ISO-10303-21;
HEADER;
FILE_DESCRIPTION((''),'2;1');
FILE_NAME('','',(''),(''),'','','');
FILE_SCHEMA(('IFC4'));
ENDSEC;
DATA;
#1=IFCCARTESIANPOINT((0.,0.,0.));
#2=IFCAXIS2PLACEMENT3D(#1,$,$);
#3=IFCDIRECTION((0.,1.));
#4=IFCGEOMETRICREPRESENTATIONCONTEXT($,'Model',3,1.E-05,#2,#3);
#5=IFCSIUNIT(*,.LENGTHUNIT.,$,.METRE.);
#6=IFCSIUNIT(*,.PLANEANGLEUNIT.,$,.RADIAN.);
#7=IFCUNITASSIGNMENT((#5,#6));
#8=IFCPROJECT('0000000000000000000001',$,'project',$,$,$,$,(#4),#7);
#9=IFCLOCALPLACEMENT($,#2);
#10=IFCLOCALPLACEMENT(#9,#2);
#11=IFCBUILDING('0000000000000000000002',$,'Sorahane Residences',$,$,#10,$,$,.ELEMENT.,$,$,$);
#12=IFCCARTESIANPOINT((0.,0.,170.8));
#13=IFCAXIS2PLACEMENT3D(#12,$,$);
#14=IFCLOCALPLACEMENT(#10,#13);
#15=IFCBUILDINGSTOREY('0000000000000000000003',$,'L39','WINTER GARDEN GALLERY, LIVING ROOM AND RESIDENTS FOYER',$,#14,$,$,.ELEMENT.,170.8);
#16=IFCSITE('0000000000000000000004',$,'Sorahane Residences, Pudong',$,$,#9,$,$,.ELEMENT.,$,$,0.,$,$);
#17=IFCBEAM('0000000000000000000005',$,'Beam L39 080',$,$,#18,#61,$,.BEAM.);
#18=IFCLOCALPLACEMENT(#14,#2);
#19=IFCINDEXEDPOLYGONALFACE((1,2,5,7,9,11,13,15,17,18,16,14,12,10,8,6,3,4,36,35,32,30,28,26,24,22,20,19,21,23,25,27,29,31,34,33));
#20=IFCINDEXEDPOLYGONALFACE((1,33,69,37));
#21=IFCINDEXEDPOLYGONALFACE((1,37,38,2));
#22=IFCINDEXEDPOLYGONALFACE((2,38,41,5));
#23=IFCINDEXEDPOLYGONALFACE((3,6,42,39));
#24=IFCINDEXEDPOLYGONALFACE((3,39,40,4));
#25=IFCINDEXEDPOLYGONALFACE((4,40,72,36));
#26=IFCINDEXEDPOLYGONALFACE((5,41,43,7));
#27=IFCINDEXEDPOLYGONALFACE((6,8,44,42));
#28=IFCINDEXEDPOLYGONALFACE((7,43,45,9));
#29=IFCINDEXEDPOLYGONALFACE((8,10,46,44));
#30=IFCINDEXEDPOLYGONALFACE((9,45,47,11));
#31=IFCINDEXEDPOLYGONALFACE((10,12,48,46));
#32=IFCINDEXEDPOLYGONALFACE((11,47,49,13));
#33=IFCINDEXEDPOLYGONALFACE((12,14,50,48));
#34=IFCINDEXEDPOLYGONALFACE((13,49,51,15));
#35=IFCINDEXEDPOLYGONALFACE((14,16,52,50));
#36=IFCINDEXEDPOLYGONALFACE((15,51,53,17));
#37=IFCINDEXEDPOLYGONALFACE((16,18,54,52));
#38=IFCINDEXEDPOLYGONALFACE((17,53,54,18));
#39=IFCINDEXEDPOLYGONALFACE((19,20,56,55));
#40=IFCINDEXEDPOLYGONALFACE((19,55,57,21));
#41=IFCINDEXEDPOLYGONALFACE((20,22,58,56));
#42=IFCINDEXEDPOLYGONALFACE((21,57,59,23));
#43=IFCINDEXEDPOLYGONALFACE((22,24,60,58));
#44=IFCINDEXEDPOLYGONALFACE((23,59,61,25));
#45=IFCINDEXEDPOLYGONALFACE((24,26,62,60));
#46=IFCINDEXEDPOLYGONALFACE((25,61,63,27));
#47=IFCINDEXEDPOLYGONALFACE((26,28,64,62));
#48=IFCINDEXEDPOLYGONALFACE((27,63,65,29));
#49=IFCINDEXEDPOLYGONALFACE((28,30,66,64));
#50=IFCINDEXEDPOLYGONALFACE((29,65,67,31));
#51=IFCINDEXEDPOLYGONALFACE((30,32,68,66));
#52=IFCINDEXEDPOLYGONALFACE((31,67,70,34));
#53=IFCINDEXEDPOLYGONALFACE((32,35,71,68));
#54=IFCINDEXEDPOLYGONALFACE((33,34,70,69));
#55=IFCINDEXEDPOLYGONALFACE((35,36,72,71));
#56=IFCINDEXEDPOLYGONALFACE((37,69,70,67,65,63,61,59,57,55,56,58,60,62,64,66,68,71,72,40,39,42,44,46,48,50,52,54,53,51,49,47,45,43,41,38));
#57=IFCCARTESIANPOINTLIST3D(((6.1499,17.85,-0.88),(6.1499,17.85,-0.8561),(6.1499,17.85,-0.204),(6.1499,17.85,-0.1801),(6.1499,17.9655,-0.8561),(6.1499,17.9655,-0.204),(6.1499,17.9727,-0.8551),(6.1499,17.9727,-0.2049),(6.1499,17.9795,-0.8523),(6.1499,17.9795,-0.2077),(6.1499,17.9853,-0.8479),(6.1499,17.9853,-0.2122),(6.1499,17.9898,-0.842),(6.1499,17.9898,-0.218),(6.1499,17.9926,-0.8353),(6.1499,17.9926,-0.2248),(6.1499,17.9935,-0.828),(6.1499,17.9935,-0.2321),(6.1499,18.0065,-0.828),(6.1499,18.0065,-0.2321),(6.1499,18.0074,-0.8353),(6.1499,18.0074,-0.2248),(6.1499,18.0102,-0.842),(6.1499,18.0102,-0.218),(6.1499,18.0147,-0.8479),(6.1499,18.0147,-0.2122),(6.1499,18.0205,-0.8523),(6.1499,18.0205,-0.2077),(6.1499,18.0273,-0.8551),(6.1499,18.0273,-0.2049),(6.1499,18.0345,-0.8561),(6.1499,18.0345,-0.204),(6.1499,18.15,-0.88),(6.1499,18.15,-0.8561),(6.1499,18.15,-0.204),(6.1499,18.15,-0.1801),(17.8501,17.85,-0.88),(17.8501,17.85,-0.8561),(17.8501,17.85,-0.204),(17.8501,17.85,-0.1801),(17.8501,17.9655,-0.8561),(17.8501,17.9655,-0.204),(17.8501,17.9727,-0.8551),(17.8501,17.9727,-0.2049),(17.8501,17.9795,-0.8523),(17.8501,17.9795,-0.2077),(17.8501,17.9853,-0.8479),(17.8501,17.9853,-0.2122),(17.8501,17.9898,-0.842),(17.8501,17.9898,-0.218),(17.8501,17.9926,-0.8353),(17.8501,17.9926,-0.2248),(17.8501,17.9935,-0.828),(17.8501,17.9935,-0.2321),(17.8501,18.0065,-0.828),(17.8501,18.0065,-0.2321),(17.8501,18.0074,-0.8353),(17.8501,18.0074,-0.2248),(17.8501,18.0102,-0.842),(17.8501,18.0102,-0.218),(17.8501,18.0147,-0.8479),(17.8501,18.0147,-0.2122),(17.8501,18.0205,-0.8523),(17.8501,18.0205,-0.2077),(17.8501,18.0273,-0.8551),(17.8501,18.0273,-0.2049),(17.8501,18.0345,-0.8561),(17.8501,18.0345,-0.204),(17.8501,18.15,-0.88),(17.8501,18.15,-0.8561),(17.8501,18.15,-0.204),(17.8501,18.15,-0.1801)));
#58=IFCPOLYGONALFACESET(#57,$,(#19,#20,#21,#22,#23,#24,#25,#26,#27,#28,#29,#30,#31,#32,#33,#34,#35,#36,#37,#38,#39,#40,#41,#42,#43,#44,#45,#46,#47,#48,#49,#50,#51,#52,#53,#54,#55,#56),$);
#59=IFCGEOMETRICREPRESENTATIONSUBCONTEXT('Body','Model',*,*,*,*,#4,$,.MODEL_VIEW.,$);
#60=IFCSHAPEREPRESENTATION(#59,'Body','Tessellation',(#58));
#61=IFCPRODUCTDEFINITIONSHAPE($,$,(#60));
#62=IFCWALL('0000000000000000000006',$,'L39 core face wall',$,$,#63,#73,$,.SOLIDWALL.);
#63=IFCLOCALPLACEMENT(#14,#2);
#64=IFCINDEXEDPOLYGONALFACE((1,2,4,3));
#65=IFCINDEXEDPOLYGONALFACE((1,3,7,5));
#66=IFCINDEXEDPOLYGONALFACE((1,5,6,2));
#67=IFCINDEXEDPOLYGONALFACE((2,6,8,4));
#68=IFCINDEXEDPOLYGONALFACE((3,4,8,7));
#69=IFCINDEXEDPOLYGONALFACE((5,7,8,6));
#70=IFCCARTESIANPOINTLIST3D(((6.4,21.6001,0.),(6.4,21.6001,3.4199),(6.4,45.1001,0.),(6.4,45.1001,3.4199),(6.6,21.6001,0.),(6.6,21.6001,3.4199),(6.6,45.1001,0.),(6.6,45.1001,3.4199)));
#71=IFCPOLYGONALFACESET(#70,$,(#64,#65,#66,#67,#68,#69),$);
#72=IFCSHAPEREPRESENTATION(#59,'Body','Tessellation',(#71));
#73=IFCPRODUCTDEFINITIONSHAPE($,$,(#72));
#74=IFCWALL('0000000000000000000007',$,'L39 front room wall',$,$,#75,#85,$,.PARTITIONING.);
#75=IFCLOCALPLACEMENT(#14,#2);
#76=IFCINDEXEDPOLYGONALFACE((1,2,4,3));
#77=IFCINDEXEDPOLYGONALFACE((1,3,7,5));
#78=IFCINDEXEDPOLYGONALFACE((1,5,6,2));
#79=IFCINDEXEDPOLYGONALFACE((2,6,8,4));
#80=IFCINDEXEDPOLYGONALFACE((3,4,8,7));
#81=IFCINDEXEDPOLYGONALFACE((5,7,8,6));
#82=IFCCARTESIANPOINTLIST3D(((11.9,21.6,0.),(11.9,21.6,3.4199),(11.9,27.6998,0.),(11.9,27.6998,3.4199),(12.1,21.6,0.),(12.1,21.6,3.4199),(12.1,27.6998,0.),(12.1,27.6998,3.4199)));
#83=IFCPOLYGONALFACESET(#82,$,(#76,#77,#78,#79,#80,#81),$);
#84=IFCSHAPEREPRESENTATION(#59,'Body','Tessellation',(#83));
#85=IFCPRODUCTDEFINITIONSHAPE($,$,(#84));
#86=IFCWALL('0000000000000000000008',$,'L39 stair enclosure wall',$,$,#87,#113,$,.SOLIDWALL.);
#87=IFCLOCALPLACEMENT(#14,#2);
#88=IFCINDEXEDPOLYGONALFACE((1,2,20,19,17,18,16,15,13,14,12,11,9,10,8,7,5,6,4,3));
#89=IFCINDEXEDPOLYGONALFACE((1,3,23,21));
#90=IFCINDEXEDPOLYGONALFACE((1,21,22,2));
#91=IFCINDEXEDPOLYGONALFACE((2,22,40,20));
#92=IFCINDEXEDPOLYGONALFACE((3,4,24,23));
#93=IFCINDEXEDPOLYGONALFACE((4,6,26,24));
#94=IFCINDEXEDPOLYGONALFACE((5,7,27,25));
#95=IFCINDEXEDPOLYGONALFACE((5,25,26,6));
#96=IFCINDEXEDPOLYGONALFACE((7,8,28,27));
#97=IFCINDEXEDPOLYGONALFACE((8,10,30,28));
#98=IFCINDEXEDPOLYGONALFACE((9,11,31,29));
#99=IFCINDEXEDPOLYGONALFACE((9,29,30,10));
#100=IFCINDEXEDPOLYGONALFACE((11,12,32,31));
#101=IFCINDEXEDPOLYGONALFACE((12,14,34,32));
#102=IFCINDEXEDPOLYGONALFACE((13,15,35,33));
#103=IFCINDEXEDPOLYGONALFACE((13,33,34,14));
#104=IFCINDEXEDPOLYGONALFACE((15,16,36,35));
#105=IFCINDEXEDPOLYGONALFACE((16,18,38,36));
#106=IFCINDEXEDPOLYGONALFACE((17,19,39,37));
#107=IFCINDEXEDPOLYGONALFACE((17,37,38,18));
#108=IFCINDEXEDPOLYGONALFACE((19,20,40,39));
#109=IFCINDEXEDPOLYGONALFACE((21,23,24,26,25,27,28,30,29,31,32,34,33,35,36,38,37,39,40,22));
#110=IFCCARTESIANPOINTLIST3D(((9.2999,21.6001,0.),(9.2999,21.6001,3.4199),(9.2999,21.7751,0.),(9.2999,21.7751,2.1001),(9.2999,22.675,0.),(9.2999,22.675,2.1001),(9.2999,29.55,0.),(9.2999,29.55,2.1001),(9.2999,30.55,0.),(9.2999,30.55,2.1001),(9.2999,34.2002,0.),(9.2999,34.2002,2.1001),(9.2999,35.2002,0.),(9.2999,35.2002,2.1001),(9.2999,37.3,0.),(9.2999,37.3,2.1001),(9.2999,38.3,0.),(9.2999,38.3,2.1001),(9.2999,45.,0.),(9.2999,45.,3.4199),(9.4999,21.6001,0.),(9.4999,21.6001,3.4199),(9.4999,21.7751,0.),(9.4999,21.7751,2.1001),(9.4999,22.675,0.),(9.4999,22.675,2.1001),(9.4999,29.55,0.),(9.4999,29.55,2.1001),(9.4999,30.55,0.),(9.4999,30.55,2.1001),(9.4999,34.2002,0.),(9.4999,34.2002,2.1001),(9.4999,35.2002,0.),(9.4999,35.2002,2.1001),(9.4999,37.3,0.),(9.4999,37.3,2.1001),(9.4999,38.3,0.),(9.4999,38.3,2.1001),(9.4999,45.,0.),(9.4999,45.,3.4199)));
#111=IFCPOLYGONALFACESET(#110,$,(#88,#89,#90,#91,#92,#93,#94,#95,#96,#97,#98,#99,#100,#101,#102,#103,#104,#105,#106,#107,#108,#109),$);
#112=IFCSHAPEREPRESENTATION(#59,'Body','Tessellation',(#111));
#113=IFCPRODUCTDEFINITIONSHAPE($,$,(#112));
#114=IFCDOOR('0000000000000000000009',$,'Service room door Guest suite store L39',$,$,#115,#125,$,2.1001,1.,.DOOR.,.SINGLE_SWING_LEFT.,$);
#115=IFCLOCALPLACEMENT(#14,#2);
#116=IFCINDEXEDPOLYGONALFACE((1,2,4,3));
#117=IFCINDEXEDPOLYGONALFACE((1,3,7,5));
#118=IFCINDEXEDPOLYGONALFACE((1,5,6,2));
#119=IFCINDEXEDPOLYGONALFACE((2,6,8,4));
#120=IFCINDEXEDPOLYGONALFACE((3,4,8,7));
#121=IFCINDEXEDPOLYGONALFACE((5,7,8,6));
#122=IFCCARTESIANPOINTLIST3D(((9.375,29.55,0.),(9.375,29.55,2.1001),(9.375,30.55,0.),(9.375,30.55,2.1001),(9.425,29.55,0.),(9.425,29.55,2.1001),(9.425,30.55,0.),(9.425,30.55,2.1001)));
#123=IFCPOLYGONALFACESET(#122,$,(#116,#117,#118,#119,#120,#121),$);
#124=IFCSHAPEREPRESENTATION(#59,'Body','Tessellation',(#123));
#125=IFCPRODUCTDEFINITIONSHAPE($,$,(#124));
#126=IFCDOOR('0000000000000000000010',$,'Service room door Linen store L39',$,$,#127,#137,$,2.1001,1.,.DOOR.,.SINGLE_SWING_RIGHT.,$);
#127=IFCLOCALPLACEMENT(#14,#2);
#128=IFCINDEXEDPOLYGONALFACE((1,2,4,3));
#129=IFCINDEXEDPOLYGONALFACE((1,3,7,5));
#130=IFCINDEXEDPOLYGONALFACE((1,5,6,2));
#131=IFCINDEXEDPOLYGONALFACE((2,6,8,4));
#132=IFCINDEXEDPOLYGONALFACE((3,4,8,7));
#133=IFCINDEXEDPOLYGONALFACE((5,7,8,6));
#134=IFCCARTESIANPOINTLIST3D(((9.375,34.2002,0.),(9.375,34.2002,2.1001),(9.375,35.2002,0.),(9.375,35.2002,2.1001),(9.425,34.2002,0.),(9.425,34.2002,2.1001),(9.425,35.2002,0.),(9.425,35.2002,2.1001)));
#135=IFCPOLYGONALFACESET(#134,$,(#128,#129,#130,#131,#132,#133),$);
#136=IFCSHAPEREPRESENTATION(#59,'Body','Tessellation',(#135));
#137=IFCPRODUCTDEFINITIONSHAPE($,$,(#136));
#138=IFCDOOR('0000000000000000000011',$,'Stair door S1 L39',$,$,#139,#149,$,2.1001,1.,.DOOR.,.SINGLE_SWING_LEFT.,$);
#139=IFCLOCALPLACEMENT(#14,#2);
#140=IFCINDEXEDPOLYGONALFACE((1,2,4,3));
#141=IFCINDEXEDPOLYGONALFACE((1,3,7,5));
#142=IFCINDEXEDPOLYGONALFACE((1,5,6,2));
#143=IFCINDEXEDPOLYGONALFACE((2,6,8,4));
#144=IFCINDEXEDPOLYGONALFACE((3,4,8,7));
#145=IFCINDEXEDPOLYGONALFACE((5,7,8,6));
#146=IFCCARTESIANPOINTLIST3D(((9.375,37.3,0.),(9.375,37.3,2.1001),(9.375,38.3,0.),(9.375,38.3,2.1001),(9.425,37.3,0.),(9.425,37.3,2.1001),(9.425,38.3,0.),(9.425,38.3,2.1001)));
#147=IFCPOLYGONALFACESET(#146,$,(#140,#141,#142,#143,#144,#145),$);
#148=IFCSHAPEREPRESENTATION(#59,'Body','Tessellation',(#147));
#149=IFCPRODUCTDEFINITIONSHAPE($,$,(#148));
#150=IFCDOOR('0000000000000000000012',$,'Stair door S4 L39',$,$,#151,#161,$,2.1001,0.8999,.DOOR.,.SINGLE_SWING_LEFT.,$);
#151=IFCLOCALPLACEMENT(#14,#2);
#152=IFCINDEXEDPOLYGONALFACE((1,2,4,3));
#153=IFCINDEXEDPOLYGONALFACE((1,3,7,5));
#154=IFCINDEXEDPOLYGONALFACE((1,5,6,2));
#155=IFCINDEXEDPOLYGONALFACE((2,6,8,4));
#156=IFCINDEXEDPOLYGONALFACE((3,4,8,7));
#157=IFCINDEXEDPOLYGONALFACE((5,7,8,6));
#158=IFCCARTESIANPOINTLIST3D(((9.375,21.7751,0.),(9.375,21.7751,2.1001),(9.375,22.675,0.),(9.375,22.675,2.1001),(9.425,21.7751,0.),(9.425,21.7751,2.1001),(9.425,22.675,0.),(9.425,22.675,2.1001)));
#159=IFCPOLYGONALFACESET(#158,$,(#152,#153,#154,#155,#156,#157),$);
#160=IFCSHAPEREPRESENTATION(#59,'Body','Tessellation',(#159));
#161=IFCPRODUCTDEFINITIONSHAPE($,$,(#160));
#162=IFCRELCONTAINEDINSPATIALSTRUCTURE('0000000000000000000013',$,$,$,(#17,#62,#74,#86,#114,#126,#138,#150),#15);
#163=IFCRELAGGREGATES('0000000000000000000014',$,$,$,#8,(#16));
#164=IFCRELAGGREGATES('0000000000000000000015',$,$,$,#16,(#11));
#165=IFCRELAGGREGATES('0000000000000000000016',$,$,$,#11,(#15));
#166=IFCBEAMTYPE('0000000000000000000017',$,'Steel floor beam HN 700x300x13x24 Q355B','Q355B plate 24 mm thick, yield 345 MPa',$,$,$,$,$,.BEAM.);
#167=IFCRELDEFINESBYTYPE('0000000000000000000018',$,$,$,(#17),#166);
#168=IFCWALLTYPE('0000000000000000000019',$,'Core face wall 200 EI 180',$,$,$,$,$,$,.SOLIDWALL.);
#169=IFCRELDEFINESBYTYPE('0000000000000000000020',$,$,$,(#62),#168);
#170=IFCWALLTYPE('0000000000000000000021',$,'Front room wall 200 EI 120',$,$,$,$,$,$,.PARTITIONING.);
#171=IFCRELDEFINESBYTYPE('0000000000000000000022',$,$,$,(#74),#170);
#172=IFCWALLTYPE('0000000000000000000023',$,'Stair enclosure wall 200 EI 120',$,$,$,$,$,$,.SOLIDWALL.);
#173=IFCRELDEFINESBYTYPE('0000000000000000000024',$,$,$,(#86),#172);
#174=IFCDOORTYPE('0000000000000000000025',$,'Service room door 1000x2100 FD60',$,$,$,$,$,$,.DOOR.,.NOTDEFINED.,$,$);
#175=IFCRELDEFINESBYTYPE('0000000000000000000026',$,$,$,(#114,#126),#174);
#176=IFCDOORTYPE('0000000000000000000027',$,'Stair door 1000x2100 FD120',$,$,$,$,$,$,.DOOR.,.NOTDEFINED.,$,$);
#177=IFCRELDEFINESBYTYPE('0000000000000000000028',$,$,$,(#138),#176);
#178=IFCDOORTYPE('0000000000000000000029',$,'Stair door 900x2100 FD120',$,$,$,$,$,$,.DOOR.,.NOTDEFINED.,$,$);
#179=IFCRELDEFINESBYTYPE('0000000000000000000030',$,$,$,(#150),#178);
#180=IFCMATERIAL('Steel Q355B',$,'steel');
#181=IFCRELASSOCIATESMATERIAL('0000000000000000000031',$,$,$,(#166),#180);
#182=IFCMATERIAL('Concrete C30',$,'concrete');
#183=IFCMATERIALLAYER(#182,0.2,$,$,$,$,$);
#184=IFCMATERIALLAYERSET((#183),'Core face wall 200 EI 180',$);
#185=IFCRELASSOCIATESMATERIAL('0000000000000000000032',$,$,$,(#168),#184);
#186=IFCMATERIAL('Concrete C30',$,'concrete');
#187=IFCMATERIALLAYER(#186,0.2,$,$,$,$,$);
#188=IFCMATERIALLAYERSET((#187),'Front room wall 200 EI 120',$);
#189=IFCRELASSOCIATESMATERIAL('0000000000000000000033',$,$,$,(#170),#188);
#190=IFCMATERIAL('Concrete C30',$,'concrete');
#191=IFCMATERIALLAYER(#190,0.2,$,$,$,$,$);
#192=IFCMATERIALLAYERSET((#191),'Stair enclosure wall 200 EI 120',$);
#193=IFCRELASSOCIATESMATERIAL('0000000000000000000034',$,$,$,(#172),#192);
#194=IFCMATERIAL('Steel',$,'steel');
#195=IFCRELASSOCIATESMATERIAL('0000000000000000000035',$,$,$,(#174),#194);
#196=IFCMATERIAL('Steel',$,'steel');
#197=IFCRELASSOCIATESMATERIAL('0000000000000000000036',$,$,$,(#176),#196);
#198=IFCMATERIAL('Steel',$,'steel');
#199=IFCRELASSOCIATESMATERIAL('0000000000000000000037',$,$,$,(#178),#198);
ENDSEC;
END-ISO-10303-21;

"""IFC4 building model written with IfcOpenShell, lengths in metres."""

from ifc_helpers import new_model, si_unit, direction, frame, frame_2d, origin, origin_2d, place, context, subcontext, project, spatial, rectangle, i_section, extrude, material, layer, layer_set, material_profile, profile_set, type_object, element, fill, save


model = new_model("IFC4")

# Units and contexts
model_context = context("Model", 3, precision=1e-05, world=origin(), true_north=direction((0.0, 1.0)))
body_context = subcontext(model_context, "Body", "Model", "MODEL_VIEW")
ifc_project = project(units=[si_unit("LENGTHUNIT", "METRE"), si_unit("PLANEANGLEUNIT", "RADIAN")], contexts=[model_context])

# Site, building, storey
site_placement = place(None, origin())
site = spatial("IfcSite", under=ifc_project, at=site_placement, Name="Sorahane Residences, Pudong", CompositionType="ELEMENT", RefElevation=0.0)
building_placement = place(site_placement, origin())
building = spatial("IfcBuilding", under=site, at=building_placement, Name="Sorahane Residences", CompositionType="ELEMENT")
storey_placement = place(building_placement, frame((0.0, 0.0, 170.8)))
storey = spatial("IfcBuildingStorey", under=building, at=storey_placement, Name="L39", Description="WINTER GARDEN GALLERY, LIVING ROOM AND RESIDENTS FOYER", CompositionType="ELEMENT", Elevation=170.8)

# Beam
ifc_material_1 = material(Name="Steel Q355B", Category="steel")
ifc_material_profile_1 = material_profile(ifc_material_1, i_section(OverallWidth=0.3, OverallDepth=0.7, WebThickness=0.0129, FlangeThickness=0.0239, FilletRadius=0.0281, at=origin_2d()), Name="HN 700x300x13x24")
ifc_profile_set_1 = profile_set([ifc_material_profile_1], Name="Steel Q355B")
beam_type_1 = type_object("IfcBeamType", Name="Steel floor beam HN 700x300x13x24 Q355B", Description="Q355B plate 24 mm thick, yield 345 MPa", PredefinedType="BEAM", material=ifc_profile_set_1)
beam_1_placement = place(storey_placement, frame((6.1499, 18.0, -0.53), z_axis=(1.0, 0.0, 0.0), x_axis=(0.0, 1.0, 0.0)))
element("IfcBeam", 1, at=beam_1_placement, inside=storey, type_object=beam_type_1, Name="Beam L39 080", PredefinedType="BEAM", context=body_context, shape_type="SweptSolid", body=[
    extrude(i_section(OverallWidth=0.3, OverallDepth=0.7, WebThickness=0.0129, FlangeThickness=0.0239, FilletRadius=0.0281, at=origin_2d()), origin(), (0.0, 0.0, 1.0), 11.7002),
])

# Walls
ifc_material_2 = material(Name="Concrete C30", Category="concrete")
ifc_layer_1 = layer(ifc_material_2, 0.2)
ifc_layer_set_1 = layer_set([ifc_layer_1], Name="Core face wall 200 EI 180")
wall_type_1 = type_object("IfcWallType", Name="Core face wall 200 EI 180", PredefinedType="SOLIDWALL", material=ifc_layer_set_1)
wall_1_placement = place(storey_placement, frame((6.5, 21.6001, 0.0), z_axis=(0.0, 0.0, 1.0), x_axis=(0.0, 1.0, 0.0)))
element("IfcWall", 2, at=wall_1_placement, inside=storey, type_object=wall_type_1, Name="L39 core face wall", PredefinedType="SOLIDWALL", context=body_context, shape_type="SweptSolid", body=[
    extrude(rectangle(XDim=23.5, YDim=0.2, at=frame_2d((11.75, 0.0))), origin(), (0.0, 0.0, 1.0), 3.4199),
])
ifc_material_3 = material(Name="Concrete C30", Category="concrete")
ifc_layer_2 = layer(ifc_material_3, 0.2)
ifc_layer_set_2 = layer_set([ifc_layer_2], Name="Front room wall 200 EI 120")
wall_type_2 = type_object("IfcWallType", Name="Front room wall 200 EI 120", PredefinedType="PARTITIONING", material=ifc_layer_set_2)
wall_2_placement = place(storey_placement, frame((12.0, 21.6001, 0.0), z_axis=(0.0, 0.0, 1.0), x_axis=(0.0, 1.0, 0.0)))
element("IfcWall", 3, at=wall_2_placement, inside=storey, type_object=wall_type_2, Name="L39 front room wall", PredefinedType="PARTITIONING", context=body_context, shape_type="SweptSolid", body=[
    extrude(rectangle(XDim=6.0999, YDim=0.2, at=frame_2d((3.0498, 0.0))), origin(), (0.0, 0.0, 1.0), 3.4199),
])

# Wall, openings, doors
ifc_material_4 = material(Name="Concrete C30", Category="concrete")
ifc_layer_3 = layer(ifc_material_4, 0.2)
ifc_layer_set_3 = layer_set([ifc_layer_3], Name="Stair enclosure wall 200 EI 120")
wall_type_3 = type_object("IfcWallType", Name="Stair enclosure wall 200 EI 120", PredefinedType="SOLIDWALL", material=ifc_layer_set_3)
wall_3_placement = place(storey_placement, frame((9.3999, 21.6001, 0.0), z_axis=(0.0, 0.0, 1.0), x_axis=(0.0, 1.0, 0.0)))
wall_3 = element("IfcWall", 4, at=wall_3_placement, inside=storey, type_object=wall_type_3, Name="L39 stair enclosure wall", PredefinedType="SOLIDWALL", context=body_context, shape_type="SweptSolid", body=[
    extrude(rectangle(XDim=23.3999, YDim=0.2, at=frame_2d((11.7, 0.0))), origin(), (0.0, 0.0, 1.0), 3.4199),
])
opening_1_placement = place(wall_3_placement, frame((7.95, 0.0, 0.0)))
opening_1 = element("IfcOpeningElement", 5, at=opening_1_placement, cuts=wall_3, PredefinedType="OPENING", context=body_context, shape_type="SweptSolid", body=[
    extrude(rectangle(XDim=1.0, YDim=2.1001, at=frame_2d((0.5, 1.05))), frame((0.0, 0.1099, 0.0), z_axis=(0.0, -1.0, 0.0), x_axis=(1.0, 0.0, 0.0)), (0.0, 0.0, 1.0), 0.22),
])
opening_2_placement = place(wall_3_placement, frame((12.6001, 0.0, 0.0)))
opening_2 = element("IfcOpeningElement", 6, at=opening_2_placement, cuts=wall_3, PredefinedType="OPENING", context=body_context, shape_type="SweptSolid", body=[
    extrude(rectangle(XDim=1.0, YDim=2.1001, at=frame_2d((0.5, 1.05))), frame((0.0, 0.1099, 0.0), z_axis=(0.0, -1.0, 0.0), x_axis=(1.0, 0.0, 0.0)), (0.0, 0.0, 1.0), 0.22),
])
opening_3_placement = place(wall_3_placement, frame((15.7, 0.0, 0.0)))
opening_3 = element("IfcOpeningElement", 7, at=opening_3_placement, cuts=wall_3, PredefinedType="OPENING", context=body_context, shape_type="SweptSolid", body=[
    extrude(rectangle(XDim=1.0, YDim=2.1001, at=frame_2d((0.5, 1.05))), frame((0.0, 0.1099, 0.0), z_axis=(0.0, -1.0, 0.0), x_axis=(1.0, 0.0, 0.0)), (0.0, 0.0, 1.0), 0.22),
])
opening_4_placement = place(wall_3_placement, frame((0.175, 0.0, 0.0)))
opening_4 = element("IfcOpeningElement", 8, at=opening_4_placement, cuts=wall_3, PredefinedType="OPENING", context=body_context, shape_type="SweptSolid", body=[
    extrude(rectangle(XDim=0.8999, YDim=2.1001, at=frame_2d((0.45, 1.05))), frame((0.0, 0.1099, 0.0), z_axis=(0.0, -1.0, 0.0), x_axis=(1.0, 0.0, 0.0)), (0.0, 0.0, 1.0), 0.22),
])
ifc_material_5 = material(Name="Steel", Category="steel")
door_type_1 = type_object("IfcDoorType", Name="Service room door 1000x2100 FD60", OperationType="NOTDEFINED", PredefinedType="DOOR", material=ifc_material_5)
door_1_placement = place(opening_1_placement, origin())
door_1 = element("IfcDoor", 9, at=door_1_placement, inside=storey, type_object=door_type_1, Name="Service room door Guest suite store L39", OperationType="SINGLE_SWING_LEFT", OverallHeight=2.1001, OverallWidth=1.0, PredefinedType="DOOR", context=body_context, shape_type="SweptSolid", body=[
    extrude(rectangle(XDim=1.0, YDim=2.1001, at=frame_2d((0.5, 1.05))), frame((0.0, 0.0249, 0.0), z_axis=(0.0, -1.0, 0.0), x_axis=(1.0, 0.0, 0.0)), (0.0, 0.0, 1.0), 0.05),
])
fill(opening_1, door_1)
door_2_placement = place(opening_2_placement, origin())
door_2 = element("IfcDoor", 10, at=door_2_placement, inside=storey, type_object=door_type_1, Name="Service room door Linen store L39", OperationType="SINGLE_SWING_RIGHT", OverallHeight=2.1001, OverallWidth=1.0, PredefinedType="DOOR", context=body_context, shape_type="SweptSolid", body=[
    extrude(rectangle(XDim=1.0, YDim=2.1001, at=frame_2d((0.5, 1.05))), frame((0.0, 0.0249, 0.0), z_axis=(0.0, -1.0, 0.0), x_axis=(1.0, 0.0, 0.0)), (0.0, 0.0, 1.0), 0.05),
])
fill(opening_2, door_2)
ifc_material_6 = material(Name="Steel", Category="steel")
door_type_2 = type_object("IfcDoorType", Name="Stair door 1000x2100 FD120", OperationType="NOTDEFINED", PredefinedType="DOOR", material=ifc_material_6)
door_3_placement = place(opening_3_placement, origin())
door_3 = element("IfcDoor", 11, at=door_3_placement, inside=storey, type_object=door_type_2, Name="Stair door S1 L39", OperationType="SINGLE_SWING_LEFT", OverallHeight=2.1001, OverallWidth=1.0, PredefinedType="DOOR", context=body_context, shape_type="SweptSolid", body=[
    extrude(rectangle(XDim=1.0, YDim=2.1001, at=frame_2d((0.5, 1.05))), frame((0.0, 0.0249, 0.0), z_axis=(0.0, -1.0, 0.0), x_axis=(1.0, 0.0, 0.0)), (0.0, 0.0, 1.0), 0.05),
])
fill(opening_3, door_3)
ifc_material_7 = material(Name="Steel", Category="steel")
door_type_3 = type_object("IfcDoorType", Name="Stair door 900x2100 FD120", OperationType="NOTDEFINED", PredefinedType="DOOR", material=ifc_material_7)
door_4_placement = place(opening_4_placement, origin())
door_4 = element("IfcDoor", 12, at=door_4_placement, inside=storey, type_object=door_type_3, Name="Stair door S4 L39", OperationType="SINGLE_SWING_LEFT", OverallHeight=2.1001, OverallWidth=0.8999, PredefinedType="DOOR", context=body_context, shape_type="SweptSolid", body=[
    extrude(rectangle(XDim=0.8999, YDim=2.1001, at=frame_2d((0.45, 1.05))), frame((0.0, 0.0249, 0.0), z_axis=(0.0, -1.0, 0.0), x_axis=(1.0, 0.0, 0.0)), (0.0, 0.0, 1.0), 0.05),
])
fill(opening_4, door_4)

save(model, "model.ifc")
